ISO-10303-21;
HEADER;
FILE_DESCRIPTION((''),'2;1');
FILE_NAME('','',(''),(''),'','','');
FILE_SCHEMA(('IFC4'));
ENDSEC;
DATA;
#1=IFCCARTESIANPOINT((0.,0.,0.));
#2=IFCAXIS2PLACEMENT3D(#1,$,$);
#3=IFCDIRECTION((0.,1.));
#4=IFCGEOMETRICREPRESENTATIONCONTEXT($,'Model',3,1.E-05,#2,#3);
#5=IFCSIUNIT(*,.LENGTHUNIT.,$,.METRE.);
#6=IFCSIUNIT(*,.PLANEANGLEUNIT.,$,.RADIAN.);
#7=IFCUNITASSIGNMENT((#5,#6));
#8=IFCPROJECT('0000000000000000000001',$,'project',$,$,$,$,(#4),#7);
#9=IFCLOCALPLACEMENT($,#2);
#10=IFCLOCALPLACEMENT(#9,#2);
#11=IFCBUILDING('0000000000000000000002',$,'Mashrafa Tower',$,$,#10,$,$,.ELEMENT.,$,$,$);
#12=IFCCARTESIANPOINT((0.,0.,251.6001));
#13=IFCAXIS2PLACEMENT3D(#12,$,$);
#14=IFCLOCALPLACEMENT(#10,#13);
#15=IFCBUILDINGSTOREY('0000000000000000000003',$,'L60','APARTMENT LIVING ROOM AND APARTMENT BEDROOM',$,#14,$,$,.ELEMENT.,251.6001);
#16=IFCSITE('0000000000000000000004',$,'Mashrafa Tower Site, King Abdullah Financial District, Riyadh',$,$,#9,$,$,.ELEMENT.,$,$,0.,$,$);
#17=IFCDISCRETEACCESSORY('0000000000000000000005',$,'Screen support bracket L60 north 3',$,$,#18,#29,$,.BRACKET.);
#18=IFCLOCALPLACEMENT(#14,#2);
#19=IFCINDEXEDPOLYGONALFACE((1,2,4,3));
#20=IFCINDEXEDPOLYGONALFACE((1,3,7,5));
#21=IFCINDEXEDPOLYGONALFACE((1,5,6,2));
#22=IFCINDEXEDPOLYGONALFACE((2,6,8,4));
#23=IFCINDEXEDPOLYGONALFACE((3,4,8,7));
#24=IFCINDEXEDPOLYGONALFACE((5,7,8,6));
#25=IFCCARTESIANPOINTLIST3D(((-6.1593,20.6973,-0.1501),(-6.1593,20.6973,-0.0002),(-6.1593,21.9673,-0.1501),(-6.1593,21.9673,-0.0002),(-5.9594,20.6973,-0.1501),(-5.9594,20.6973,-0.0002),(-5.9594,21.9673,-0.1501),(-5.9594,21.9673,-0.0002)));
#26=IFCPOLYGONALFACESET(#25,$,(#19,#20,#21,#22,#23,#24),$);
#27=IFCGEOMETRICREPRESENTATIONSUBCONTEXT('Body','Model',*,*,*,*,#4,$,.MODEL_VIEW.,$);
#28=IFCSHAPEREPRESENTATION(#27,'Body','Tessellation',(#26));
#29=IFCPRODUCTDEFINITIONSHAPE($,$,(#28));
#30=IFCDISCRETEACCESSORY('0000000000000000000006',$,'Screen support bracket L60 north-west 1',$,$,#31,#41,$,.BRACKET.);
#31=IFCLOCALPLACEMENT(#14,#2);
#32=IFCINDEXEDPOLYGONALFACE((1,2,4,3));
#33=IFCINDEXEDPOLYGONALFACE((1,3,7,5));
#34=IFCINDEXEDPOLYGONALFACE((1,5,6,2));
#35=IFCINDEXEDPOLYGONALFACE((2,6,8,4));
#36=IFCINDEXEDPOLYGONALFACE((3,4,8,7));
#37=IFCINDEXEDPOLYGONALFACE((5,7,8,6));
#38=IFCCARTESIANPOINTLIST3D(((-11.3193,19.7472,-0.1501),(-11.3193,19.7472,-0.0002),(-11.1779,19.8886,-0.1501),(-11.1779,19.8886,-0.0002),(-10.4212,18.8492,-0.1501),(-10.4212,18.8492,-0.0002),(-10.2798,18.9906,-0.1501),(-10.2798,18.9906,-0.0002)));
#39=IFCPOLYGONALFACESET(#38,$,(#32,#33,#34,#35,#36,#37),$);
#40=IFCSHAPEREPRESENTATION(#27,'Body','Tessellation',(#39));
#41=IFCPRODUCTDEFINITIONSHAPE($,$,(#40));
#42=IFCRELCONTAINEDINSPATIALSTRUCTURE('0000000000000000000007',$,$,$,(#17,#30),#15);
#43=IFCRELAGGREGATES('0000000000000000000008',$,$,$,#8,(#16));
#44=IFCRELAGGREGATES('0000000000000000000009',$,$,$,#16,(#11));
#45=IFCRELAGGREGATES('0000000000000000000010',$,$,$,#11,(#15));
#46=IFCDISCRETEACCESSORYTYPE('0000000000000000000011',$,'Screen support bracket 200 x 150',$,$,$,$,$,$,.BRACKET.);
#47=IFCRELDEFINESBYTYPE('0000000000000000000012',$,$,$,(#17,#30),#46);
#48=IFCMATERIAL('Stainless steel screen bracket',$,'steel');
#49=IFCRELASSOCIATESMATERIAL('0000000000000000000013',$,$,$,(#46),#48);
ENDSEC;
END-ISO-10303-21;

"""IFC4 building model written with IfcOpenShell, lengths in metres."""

from ifc_helpers import new_model, si_unit, direction, frame, origin, origin_2d, place, context, subcontext, project, spatial, rectangle, extrude, source, transform, mapped, material, type_object, type_shapes, element, save


model = new_model("IFC4")

# Units and contexts
model_context = context("Model", 3, precision=1e-05, world=origin(), true_north=direction((0.0, 1.0)))
body_context = subcontext(model_context, "Body", "Model", "MODEL_VIEW")
ifc_project = project(units=[si_unit("LENGTHUNIT", "METRE"), si_unit("PLANEANGLEUNIT", "RADIAN")], contexts=[model_context])

# Site, building, storey
site_placement = place(None, origin())
site = spatial("IfcSite", under=ifc_project, at=site_placement, Name="Mashrafa Tower Site, King Abdullah Financial District, Riyadh", CompositionType="ELEMENT", RefElevation=0.0)
building_placement = place(site_placement, origin())
building = spatial("IfcBuilding", under=site, at=building_placement, Name="Mashrafa Tower", CompositionType="ELEMENT")
storey_placement = place(building_placement, frame((0.0, 0.0, 251.6001)))
storey = spatial("IfcBuildingStorey", under=building, at=storey_placement, Name="L60", Description="APARTMENT LIVING ROOM AND APARTMENT BEDROOM", CompositionType="ELEMENT", Elevation=251.6001)

# Discrete accessories
ifc_material_1 = material(Name="Stainless steel screen bracket", Category="steel")
discrete_accessory_type = type_object("IfcDiscreteAccessoryType", Name="Screen support bracket 200 x 150", PredefinedType="BRACKET", material=ifc_material_1)
shared_shape_1 = source(origin(), body_context, "Body", "SweptSolid", [
    extrude(rectangle(XDim=0.2, YDim=1.27, at=origin_2d()), origin(), (0.0, 0.0, 1.0), 0.1499),
])
type_shapes(discrete_accessory_type, [shared_shape_1])
for number, where, z_axis, x_axis, name in (
    (1, (-6.0593, 21.3323, -0.1501), (0.0, 0.0, 1.0), (-1.0, 0.0, 0.0), "Screen support bracket L60 north 3"),
    (2, (-10.7996, 19.3689, -0.1501), (0.0, 0.0, 1.0), (-0.707107, -0.707107, 0.0), "Screen support bracket L60 north-west 1"),
):
    element("IfcDiscreteAccessory", number, at=place(storey_placement, frame(where, z_axis=z_axis, x_axis=x_axis)), inside=storey, type_object=discrete_accessory_type, Name=name, PredefinedType="BRACKET", context=body_context, shape_type="MappedRepresentation", body=[
        mapped(shared_shape_1, transform((0.0, 0.0, 0.0))),
    ])

save(model, "model.ifc")
